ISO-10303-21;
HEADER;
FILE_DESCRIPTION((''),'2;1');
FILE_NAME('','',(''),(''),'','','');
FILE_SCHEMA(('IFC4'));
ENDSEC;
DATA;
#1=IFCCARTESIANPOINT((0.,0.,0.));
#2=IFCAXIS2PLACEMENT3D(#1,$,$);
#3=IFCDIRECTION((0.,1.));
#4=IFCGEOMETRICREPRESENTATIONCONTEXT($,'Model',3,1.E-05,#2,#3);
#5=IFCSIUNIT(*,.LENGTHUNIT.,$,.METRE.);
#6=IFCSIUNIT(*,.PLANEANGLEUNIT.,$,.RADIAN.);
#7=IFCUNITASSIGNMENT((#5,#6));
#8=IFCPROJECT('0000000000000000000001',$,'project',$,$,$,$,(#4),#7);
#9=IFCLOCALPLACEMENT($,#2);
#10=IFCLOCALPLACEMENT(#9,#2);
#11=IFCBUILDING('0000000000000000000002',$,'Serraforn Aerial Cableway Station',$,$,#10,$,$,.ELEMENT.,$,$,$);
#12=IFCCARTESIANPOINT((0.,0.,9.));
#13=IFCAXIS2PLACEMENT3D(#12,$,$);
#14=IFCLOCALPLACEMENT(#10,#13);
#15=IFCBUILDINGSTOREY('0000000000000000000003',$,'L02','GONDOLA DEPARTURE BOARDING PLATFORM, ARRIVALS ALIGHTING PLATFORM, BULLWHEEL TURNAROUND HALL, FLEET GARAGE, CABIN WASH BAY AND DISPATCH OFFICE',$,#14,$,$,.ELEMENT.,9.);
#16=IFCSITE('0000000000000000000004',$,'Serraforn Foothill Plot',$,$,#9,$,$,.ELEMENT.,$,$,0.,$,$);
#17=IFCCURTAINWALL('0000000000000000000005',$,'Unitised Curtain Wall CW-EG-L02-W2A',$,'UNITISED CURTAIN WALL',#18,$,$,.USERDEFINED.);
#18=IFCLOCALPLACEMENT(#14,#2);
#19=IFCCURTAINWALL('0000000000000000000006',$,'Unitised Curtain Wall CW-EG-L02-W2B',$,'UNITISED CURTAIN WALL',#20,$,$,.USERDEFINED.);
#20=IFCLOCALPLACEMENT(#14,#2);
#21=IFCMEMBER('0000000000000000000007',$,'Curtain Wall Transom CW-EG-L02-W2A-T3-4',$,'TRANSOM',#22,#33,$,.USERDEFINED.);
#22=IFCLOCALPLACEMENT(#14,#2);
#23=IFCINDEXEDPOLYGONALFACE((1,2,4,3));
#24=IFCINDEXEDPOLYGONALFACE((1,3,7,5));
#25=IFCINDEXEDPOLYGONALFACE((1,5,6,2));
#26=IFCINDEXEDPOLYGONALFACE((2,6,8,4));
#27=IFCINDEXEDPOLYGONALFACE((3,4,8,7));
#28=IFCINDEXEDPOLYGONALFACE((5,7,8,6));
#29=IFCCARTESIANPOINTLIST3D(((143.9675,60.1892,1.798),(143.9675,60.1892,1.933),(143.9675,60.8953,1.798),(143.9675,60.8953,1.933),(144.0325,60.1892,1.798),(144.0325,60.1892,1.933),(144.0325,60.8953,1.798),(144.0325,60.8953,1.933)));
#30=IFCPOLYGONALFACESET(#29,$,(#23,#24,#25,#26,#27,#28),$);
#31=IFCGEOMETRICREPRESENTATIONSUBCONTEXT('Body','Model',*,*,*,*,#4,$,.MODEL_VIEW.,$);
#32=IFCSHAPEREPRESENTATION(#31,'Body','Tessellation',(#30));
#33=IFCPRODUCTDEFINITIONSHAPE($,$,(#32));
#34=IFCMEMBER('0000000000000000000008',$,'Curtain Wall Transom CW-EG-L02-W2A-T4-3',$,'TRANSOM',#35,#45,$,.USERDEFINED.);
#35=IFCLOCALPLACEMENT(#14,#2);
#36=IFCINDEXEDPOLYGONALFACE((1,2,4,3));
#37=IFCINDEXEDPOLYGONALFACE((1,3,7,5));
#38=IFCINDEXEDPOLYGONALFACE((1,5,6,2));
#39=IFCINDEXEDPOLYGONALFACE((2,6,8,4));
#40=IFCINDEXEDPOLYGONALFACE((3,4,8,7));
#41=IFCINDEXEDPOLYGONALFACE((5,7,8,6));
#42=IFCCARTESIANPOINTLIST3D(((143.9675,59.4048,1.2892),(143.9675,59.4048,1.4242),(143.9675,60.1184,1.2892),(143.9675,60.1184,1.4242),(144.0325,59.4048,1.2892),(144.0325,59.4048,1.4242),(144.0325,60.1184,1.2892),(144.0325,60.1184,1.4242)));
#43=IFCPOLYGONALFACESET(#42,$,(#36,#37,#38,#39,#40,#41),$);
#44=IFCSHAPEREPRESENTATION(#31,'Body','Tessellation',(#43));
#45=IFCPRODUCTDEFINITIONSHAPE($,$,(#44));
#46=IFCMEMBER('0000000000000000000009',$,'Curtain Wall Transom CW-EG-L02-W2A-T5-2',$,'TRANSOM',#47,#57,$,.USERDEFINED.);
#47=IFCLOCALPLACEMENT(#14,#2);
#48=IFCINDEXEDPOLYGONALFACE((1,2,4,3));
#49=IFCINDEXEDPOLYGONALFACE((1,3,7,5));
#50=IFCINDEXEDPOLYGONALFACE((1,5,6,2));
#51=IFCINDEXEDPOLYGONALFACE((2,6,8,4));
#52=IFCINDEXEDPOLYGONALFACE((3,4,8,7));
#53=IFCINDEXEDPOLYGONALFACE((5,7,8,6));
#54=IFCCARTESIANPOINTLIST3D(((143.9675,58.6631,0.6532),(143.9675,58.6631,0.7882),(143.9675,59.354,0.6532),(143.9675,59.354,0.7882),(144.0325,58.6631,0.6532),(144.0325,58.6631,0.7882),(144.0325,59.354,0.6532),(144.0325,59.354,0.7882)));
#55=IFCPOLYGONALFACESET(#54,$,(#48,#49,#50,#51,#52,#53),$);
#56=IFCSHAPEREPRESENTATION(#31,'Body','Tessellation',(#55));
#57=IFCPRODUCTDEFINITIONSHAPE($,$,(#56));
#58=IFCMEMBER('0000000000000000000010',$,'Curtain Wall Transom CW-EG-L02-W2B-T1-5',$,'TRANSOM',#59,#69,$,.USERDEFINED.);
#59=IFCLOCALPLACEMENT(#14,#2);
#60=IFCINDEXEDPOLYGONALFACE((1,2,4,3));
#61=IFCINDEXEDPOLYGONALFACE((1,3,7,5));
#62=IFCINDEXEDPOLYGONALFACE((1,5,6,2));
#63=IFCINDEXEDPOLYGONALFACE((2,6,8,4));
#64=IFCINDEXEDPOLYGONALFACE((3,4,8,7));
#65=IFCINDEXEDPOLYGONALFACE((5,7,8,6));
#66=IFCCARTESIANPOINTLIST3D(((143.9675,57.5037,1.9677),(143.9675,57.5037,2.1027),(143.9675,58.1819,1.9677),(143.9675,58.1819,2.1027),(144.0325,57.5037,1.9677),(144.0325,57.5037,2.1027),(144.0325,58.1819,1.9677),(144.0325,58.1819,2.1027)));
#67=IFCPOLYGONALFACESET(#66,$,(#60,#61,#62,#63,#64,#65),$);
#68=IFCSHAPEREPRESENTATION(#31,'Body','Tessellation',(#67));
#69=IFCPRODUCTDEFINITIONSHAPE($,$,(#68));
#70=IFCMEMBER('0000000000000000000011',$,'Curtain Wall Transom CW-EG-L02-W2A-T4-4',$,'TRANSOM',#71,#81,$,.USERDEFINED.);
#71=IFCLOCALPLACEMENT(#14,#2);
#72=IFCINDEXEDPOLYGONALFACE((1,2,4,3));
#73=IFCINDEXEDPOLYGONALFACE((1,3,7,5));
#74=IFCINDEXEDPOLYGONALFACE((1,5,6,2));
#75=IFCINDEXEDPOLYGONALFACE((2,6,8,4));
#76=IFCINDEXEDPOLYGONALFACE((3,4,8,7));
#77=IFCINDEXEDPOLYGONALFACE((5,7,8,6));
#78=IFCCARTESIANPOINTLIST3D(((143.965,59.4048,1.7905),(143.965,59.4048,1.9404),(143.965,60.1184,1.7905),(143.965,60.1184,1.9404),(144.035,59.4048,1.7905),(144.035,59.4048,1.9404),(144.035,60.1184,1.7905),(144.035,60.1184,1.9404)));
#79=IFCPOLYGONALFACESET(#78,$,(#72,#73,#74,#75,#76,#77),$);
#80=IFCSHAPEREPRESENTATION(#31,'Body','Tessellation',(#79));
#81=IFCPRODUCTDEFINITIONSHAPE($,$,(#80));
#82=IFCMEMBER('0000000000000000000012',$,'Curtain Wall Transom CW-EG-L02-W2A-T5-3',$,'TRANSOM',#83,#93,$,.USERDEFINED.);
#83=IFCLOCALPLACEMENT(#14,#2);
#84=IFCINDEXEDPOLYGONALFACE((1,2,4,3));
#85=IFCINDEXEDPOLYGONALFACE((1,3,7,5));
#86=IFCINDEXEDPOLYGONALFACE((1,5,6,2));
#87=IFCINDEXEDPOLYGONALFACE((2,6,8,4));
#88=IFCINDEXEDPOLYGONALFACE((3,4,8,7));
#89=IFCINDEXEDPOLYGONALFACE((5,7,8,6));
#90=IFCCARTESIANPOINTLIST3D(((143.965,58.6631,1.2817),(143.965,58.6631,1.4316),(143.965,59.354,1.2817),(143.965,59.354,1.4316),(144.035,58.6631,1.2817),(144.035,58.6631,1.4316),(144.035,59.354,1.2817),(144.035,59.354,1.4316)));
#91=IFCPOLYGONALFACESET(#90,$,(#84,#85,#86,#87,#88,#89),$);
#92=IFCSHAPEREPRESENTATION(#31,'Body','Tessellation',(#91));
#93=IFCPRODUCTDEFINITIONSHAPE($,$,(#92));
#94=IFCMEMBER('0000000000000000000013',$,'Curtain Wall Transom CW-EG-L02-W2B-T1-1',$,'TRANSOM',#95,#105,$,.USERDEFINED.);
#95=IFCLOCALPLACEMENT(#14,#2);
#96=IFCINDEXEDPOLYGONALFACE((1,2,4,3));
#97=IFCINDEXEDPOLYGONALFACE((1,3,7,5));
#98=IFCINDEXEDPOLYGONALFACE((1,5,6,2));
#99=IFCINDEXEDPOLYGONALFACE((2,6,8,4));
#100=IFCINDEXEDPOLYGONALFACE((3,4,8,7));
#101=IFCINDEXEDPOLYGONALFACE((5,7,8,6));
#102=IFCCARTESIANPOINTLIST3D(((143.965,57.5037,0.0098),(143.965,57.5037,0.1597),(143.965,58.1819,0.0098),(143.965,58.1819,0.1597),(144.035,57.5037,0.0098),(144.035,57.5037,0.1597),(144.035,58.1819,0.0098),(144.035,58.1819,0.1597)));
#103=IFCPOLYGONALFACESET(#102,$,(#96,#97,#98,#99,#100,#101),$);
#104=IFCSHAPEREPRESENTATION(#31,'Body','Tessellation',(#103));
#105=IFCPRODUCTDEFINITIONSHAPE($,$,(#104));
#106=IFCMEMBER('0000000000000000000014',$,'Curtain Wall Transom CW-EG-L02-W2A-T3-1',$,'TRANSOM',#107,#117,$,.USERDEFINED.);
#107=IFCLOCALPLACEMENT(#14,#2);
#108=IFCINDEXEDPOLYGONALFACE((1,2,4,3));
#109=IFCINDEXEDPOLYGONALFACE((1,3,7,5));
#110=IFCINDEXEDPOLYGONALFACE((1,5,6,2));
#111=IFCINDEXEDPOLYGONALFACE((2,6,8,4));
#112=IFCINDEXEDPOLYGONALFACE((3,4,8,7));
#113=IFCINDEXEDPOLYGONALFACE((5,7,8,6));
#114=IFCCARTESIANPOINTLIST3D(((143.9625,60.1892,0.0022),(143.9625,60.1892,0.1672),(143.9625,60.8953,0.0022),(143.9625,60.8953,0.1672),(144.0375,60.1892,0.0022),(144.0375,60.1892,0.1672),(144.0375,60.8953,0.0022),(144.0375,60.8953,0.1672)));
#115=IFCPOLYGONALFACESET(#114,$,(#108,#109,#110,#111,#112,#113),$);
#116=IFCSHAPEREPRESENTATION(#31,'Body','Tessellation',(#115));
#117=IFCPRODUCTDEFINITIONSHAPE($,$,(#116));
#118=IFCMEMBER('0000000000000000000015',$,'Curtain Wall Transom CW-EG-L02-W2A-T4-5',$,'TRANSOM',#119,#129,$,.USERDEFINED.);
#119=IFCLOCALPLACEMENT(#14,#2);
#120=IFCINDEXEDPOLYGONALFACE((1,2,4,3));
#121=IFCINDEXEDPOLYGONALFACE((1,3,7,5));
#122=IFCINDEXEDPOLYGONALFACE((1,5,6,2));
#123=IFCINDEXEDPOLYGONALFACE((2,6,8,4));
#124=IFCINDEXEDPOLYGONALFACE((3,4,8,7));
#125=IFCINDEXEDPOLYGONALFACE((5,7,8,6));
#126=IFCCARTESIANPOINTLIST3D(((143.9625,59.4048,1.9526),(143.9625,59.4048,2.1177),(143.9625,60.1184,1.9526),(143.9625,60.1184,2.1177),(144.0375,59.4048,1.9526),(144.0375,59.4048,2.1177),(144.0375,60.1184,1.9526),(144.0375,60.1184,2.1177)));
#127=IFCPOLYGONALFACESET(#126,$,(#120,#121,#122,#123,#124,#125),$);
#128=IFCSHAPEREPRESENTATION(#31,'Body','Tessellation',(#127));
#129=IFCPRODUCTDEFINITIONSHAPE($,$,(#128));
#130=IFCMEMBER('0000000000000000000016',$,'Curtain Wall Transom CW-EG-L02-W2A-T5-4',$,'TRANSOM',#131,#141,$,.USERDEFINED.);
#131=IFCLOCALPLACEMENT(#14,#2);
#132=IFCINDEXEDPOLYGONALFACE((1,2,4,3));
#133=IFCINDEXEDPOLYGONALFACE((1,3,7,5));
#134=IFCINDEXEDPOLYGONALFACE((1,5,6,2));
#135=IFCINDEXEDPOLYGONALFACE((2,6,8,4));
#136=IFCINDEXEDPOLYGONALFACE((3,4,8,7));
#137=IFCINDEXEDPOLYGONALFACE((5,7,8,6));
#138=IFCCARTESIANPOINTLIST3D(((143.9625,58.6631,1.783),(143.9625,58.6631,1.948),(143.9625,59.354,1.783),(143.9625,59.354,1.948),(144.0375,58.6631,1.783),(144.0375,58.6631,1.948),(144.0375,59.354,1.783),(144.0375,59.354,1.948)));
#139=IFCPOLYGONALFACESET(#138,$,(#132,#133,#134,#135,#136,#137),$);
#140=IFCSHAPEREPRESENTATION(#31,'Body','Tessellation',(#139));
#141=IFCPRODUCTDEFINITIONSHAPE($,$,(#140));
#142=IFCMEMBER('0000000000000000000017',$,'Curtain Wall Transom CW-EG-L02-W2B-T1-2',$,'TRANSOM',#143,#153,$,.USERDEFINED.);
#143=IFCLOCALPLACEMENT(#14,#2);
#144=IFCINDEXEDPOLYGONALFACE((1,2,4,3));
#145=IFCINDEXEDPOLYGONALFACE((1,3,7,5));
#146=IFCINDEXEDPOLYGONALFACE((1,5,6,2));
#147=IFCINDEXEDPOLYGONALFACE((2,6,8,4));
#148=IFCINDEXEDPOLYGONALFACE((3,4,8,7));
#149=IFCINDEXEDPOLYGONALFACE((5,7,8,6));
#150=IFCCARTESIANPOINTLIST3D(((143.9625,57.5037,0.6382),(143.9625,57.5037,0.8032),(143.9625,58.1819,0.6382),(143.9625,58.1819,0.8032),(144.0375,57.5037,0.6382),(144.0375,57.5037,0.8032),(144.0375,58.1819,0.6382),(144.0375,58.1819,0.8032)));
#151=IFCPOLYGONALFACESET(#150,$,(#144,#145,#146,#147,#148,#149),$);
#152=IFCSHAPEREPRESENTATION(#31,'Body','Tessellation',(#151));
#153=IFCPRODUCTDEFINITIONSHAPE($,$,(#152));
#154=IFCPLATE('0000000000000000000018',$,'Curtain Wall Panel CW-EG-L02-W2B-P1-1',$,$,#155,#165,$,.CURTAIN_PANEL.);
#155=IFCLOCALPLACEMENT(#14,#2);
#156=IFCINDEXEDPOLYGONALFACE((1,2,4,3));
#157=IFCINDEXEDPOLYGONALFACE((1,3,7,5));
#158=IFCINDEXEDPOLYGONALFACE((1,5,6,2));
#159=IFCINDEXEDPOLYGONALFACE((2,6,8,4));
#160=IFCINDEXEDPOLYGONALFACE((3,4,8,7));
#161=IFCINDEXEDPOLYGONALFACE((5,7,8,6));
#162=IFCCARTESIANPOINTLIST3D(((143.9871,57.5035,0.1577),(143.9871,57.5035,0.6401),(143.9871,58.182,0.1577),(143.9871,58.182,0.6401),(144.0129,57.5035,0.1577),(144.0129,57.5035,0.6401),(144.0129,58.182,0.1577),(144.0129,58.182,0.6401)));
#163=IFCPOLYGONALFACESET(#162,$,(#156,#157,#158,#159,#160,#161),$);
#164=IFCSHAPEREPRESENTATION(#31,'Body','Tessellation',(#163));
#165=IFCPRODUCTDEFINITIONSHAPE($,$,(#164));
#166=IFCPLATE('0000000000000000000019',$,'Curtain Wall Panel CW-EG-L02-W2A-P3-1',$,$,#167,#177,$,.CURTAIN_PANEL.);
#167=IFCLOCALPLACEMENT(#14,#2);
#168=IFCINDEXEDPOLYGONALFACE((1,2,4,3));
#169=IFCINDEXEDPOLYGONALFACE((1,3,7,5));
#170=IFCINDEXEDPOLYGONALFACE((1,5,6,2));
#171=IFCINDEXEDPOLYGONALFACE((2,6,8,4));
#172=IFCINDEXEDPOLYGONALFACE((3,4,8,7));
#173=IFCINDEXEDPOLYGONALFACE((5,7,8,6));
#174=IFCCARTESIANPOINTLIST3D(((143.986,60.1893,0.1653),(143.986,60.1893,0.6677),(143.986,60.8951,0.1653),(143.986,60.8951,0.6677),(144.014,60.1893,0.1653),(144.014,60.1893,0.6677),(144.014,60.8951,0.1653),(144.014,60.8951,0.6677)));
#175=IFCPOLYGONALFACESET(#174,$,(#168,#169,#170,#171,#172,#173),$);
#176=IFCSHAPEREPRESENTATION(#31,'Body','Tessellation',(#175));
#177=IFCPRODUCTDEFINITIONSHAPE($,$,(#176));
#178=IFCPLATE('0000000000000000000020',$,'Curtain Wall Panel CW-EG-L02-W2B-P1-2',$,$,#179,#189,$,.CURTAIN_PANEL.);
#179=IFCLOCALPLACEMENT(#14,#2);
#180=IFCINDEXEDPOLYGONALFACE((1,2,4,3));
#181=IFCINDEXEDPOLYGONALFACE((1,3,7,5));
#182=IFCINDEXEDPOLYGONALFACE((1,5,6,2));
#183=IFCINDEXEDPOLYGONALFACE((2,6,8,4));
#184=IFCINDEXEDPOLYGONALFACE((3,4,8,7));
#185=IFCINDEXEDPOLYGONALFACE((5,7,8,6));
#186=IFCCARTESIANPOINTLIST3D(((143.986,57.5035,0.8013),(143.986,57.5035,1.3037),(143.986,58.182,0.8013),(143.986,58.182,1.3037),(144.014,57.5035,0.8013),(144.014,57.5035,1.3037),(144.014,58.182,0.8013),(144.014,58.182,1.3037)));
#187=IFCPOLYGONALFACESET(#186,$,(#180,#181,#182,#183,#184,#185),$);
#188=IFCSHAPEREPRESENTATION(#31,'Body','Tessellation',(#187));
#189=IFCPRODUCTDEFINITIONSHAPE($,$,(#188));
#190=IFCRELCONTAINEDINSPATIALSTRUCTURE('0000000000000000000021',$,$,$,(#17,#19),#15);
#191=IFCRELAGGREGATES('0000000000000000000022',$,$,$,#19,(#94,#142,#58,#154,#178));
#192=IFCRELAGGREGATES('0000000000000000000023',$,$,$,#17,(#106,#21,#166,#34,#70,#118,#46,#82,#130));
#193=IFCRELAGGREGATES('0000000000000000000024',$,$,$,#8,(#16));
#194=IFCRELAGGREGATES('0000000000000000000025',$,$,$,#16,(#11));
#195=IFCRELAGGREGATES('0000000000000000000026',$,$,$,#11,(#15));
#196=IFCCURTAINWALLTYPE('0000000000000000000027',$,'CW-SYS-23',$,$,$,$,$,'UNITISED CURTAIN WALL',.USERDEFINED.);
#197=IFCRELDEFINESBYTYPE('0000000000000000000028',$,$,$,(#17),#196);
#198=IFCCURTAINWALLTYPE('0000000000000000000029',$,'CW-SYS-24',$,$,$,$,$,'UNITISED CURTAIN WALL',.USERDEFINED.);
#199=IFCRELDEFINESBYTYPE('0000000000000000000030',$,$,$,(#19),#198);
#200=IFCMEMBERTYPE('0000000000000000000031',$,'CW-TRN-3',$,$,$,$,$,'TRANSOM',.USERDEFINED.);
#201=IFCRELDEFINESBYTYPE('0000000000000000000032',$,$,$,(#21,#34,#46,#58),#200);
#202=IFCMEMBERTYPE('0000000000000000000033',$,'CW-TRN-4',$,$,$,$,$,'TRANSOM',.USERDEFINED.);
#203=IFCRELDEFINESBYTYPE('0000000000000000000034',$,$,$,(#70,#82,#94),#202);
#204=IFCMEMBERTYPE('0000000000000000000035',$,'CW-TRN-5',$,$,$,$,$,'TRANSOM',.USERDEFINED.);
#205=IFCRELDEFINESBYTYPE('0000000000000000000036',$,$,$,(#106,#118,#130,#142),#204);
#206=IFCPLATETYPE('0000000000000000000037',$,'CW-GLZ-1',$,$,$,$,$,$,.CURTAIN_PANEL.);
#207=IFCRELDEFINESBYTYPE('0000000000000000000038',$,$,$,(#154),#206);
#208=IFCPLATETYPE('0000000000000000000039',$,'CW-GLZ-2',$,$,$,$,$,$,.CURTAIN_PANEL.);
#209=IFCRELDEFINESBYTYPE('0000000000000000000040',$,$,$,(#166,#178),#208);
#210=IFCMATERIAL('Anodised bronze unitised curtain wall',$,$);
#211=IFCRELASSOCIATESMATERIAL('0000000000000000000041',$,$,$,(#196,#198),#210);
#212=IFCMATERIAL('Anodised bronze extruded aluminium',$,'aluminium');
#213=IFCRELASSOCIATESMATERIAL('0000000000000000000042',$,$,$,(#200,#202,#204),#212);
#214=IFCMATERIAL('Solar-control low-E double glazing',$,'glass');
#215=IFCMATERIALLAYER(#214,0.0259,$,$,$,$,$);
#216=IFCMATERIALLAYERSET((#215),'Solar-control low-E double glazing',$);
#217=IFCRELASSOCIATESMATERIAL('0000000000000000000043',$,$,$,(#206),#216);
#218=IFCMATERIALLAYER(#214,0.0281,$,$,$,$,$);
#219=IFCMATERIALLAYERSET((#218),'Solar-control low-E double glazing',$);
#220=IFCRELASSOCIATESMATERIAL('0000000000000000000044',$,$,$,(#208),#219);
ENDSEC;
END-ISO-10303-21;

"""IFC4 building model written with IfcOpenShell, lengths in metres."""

from ifc_helpers import new_model, si_unit, direction, frame, origin, origin_2d, place, context, subcontext, project, spatial, rectangle, extrude, material, layer, layer_set, material_profile, profile_set, type_object, element, aggregate, save


model = new_model("IFC4")

# Units and contexts
model_context = context("Model", 3, precision=1e-05, world=origin(), true_north=direction((0.0, 1.0)))
body_context = subcontext(model_context, "Body", "Model", "MODEL_VIEW")
ifc_project = project(units=[si_unit("LENGTHUNIT", "METRE"), si_unit("PLANEANGLEUNIT", "RADIAN")], contexts=[model_context])

# Site, building, storey
site_placement = place(None, origin())
site = spatial("IfcSite", under=ifc_project, at=site_placement, Name="Serraforn Foothill Plot", CompositionType="ELEMENT", RefElevation=0.0)
building_placement = place(site_placement, origin())
building = spatial("IfcBuilding", under=site, at=building_placement, Name="Serraforn Aerial Cableway Station", CompositionType="ELEMENT")
storey_placement = place(building_placement, frame((0.0, 0.0, 9.0)))
storey = spatial("IfcBuildingStorey", under=building, at=storey_placement, Name="L02", Description="GONDOLA DEPARTURE BOARDING PLATFORM, ARRIVALS ALIGHTING PLATFORM, BULLWHEEL TURNAROUND HALL, FLEET GARAGE, CABIN WASH BAY AND DISPATCH OFFICE", CompositionType="ELEMENT", Elevation=9.0)

# Curtain walls
ifc_material_1 = material(Name="Anodised bronze unitised curtain wall")
curtain_wall_type_1 = type_object("IfcCurtainWallType", Name="CW-SYS-23", ElementType="UNITISED CURTAIN WALL", PredefinedType="USERDEFINED", material=ifc_material_1)
curtain_wall_1_placement = place(storey_placement, origin())
curtain_wall_1 = element("IfcCurtainWall", 1, at=curtain_wall_1_placement, inside=storey, type_object=curtain_wall_type_1, Name="Unitised Curtain Wall CW-EG-L02-W2A", ObjectType="UNITISED CURTAIN WALL", PredefinedType="USERDEFINED")
ifc_material_2 = material(Name="Anodised bronze extruded aluminium", Category="aluminium")
curtain_wall_type_2 = type_object("IfcCurtainWallType", Name="CW-SYS-24", ElementType="UNITISED CURTAIN WALL", PredefinedType="USERDEFINED", material=ifc_material_1)
curtain_wall_2_placement = place(storey_placement, origin())
curtain_wall_2 = element("IfcCurtainWall", 2, at=curtain_wall_2_placement, inside=storey, type_object=curtain_wall_type_2, Name="Unitised Curtain Wall CW-EG-L02-W2B", ObjectType="UNITISED CURTAIN WALL", PredefinedType="USERDEFINED")

# Members
ifc_material_profile_1 = material_profile(ifc_material_2, rectangle(XDim=0.0649, YDim=0.135, at=origin_2d()), Name="CW TRANSOM 65x135")
ifc_profile_set_1 = profile_set([ifc_material_profile_1], Name="Anodised bronze extruded aluminium")
member_type_1 = type_object("IfcMemberType", Name="CW-TRN-3", ElementType="TRANSOM", PredefinedType="USERDEFINED", material=ifc_profile_set_1)
member_1_placement = place(storey_placement, frame((144.0, 60.8953, 1.8655), z_axis=(0.0, -1.0, 0.0), x_axis=(1.0, 0.0, 0.0)))
member_1 = element("IfcMember", 3, at=member_1_placement, type_object=member_type_1, Name="Curtain Wall Transom CW-EG-L02-W2A-T3-4", ObjectType="TRANSOM", PredefinedType="USERDEFINED", context=body_context, shape_type="SweptSolid", body=[
    extrude(rectangle(XDim=0.0649, YDim=0.135, at=origin_2d()), origin(), (0.0, 0.0, 1.0), 0.7061),
])
member_2_placement = place(storey_placement, frame((144.0, 60.1184, 1.3567), z_axis=(0.0, -1.0, 0.0), x_axis=(1.0, 0.0, 0.0)))
member_2 = element("IfcMember", 4, at=member_2_placement, type_object=member_type_1, Name="Curtain Wall Transom CW-EG-L02-W2A-T4-3", ObjectType="TRANSOM", PredefinedType="USERDEFINED", context=body_context, shape_type="SweptSolid", body=[
    extrude(rectangle(XDim=0.0649, YDim=0.135, at=origin_2d()), origin(), (0.0, 0.0, 1.0), 0.7136),
])
member_3_placement = place(storey_placement, frame((144.0, 59.354, 0.7207), z_axis=(0.0, -1.0, 0.0), x_axis=(1.0, 0.0, 0.0)))
member_3 = element("IfcMember", 5, at=member_3_placement, type_object=member_type_1, Name="Curtain Wall Transom CW-EG-L02-W2A-T5-2", ObjectType="TRANSOM", PredefinedType="USERDEFINED", context=body_context, shape_type="SweptSolid", body=[
    extrude(rectangle(XDim=0.0649, YDim=0.135, at=origin_2d()), origin(), (0.0, 0.0, 1.0), 0.6909),
])
member_4_placement = place(storey_placement, frame((144.0, 58.1819, 2.0352), z_axis=(0.0, -1.0, 0.0), x_axis=(1.0, 0.0, 0.0)))
member_4 = element("IfcMember", 6, at=member_4_placement, type_object=member_type_1, Name="Curtain Wall Transom CW-EG-L02-W2B-T1-5", ObjectType="TRANSOM", PredefinedType="USERDEFINED", context=body_context, shape_type="SweptSolid", body=[
    extrude(rectangle(XDim=0.0649, YDim=0.135, at=origin_2d()), origin(), (0.0, 0.0, 1.0), 0.6782),
])
ifc_material_profile_2 = material_profile(ifc_material_2, rectangle(XDim=0.0701, YDim=0.1499, at=origin_2d()), Name="CW TRANSOM 70x150")
ifc_profile_set_2 = profile_set([ifc_material_profile_2], Name="Anodised bronze extruded aluminium")
member_type_2 = type_object("IfcMemberType", Name="CW-TRN-4", ElementType="TRANSOM", PredefinedType="USERDEFINED", material=ifc_profile_set_2)
member_5_placement = place(storey_placement, frame((144.0, 60.1184, 1.8655), z_axis=(0.0, -1.0, 0.0), x_axis=(1.0, 0.0, 0.0)))
member_5 = element("IfcMember", 7, at=member_5_placement, type_object=member_type_2, Name="Curtain Wall Transom CW-EG-L02-W2A-T4-4", ObjectType="TRANSOM", PredefinedType="USERDEFINED", context=body_context, shape_type="SweptSolid", body=[
    extrude(rectangle(XDim=0.0701, YDim=0.1499, at=origin_2d()), origin(), (0.0, 0.0, 1.0), 0.7136),
])
member_6_placement = place(storey_placement, frame((144.0, 59.354, 1.3567), z_axis=(0.0, -1.0, 0.0), x_axis=(1.0, 0.0, 0.0)))
member_6 = element("IfcMember", 8, at=member_6_placement, type_object=member_type_2, Name="Curtain Wall Transom CW-EG-L02-W2A-T5-3", ObjectType="TRANSOM", PredefinedType="USERDEFINED", context=body_context, shape_type="SweptSolid", body=[
    extrude(rectangle(XDim=0.0701, YDim=0.1499, at=origin_2d()), origin(), (0.0, 0.0, 1.0), 0.6909),
])
member_7_placement = place(storey_placement, frame((144.0, 58.1819, 0.0847), z_axis=(0.0, -1.0, 0.0), x_axis=(1.0, 0.0, 0.0)))
member_7 = element("IfcMember", 9, at=member_7_placement, type_object=member_type_2, Name="Curtain Wall Transom CW-EG-L02-W2B-T1-1", ObjectType="TRANSOM", PredefinedType="USERDEFINED", context=body_context, shape_type="SweptSolid", body=[
    extrude(rectangle(XDim=0.0701, YDim=0.1499, at=origin_2d()), origin(), (0.0, 0.0, 1.0), 0.6782),
])
ifc_material_profile_3 = material_profile(ifc_material_2, rectangle(XDim=0.075, YDim=0.165, at=origin_2d()), Name="CW TRANSOM 75x165")
ifc_profile_set_3 = profile_set([ifc_material_profile_3], Name="Anodised bronze extruded aluminium")
member_type_3 = type_object("IfcMemberType", Name="CW-TRN-5", ElementType="TRANSOM", PredefinedType="USERDEFINED", material=ifc_profile_set_3)
member_8_placement = place(storey_placement, frame((144.0, 60.8953, 0.0847), z_axis=(0.0, -1.0, 0.0), x_axis=(1.0, 0.0, 0.0)))
member_8 = element("IfcMember", 10, at=member_8_placement, type_object=member_type_3, Name="Curtain Wall Transom CW-EG-L02-W2A-T3-1", ObjectType="TRANSOM", PredefinedType="USERDEFINED", context=body_context, shape_type="SweptSolid", body=[
    extrude(rectangle(XDim=0.075, YDim=0.165, at=origin_2d()), origin(), (0.0, 0.0, 1.0), 0.7061),
])
member_9_placement = place(storey_placement, frame((144.0, 60.1184, 2.0352), z_axis=(0.0, -1.0, 0.0), x_axis=(1.0, 0.0, 0.0)))
member_9 = element("IfcMember", 11, at=member_9_placement, type_object=member_type_3, Name="Curtain Wall Transom CW-EG-L02-W2A-T4-5", ObjectType="TRANSOM", PredefinedType="USERDEFINED", context=body_context, shape_type="SweptSolid", body=[
    extrude(rectangle(XDim=0.075, YDim=0.165, at=origin_2d()), origin(), (0.0, 0.0, 1.0), 0.7136),
])
member_10_placement = place(storey_placement, frame((144.0, 59.354, 1.8655), z_axis=(0.0, -1.0, 0.0), x_axis=(1.0, 0.0, 0.0)))
member_10 = element("IfcMember", 12, at=member_10_placement, type_object=member_type_3, Name="Curtain Wall Transom CW-EG-L02-W2A-T5-4", ObjectType="TRANSOM", PredefinedType="USERDEFINED", context=body_context, shape_type="SweptSolid", body=[
    extrude(rectangle(XDim=0.075, YDim=0.165, at=origin_2d()), origin(), (0.0, 0.0, 1.0), 0.6909),
])
member_11_placement = place(storey_placement, frame((144.0, 58.1819, 0.7207), z_axis=(0.0, -1.0, 0.0), x_axis=(1.0, 0.0, 0.0)))
member_11 = element("IfcMember", 13, at=member_11_placement, type_object=member_type_3, Name="Curtain Wall Transom CW-EG-L02-W2B-T1-2", ObjectType="TRANSOM", PredefinedType="USERDEFINED", context=body_context, shape_type="SweptSolid", body=[
    extrude(rectangle(XDim=0.075, YDim=0.165, at=origin_2d()), origin(), (0.0, 0.0, 1.0), 0.6782),
])

# Plates
ifc_material_3 = material(Name="Solar-control low-E double glazing", Category="glass")
ifc_layer_1 = layer(ifc_material_3, 0.0259)
ifc_layer_set_1 = layer_set([ifc_layer_1], Name="Solar-control low-E double glazing")
plate_type_1 = type_object("IfcPlateType", Name="CW-GLZ-1", PredefinedType="CURTAIN_PANEL", material=ifc_layer_set_1)
plate_1_placement = place(storey_placement, frame((144.0, 57.8428, 0.1577), z_axis=(0.0, 0.0, 1.0), x_axis=(1.0, 0.0, 0.0)))
plate_1 = element("IfcPlate", 14, at=plate_1_placement, type_object=plate_type_1, Name="Curtain Wall Panel CW-EG-L02-W2B-P1-1", PredefinedType="CURTAIN_PANEL", context=body_context, shape_type="SweptSolid", body=[
    extrude(rectangle(XDim=0.0259, YDim=0.6785, at=origin_2d()), origin(), (0.0, 0.0, 1.0), 0.4824),
])
ifc_layer_2 = layer(ifc_material_3, 0.0281)
ifc_layer_set_2 = layer_set([ifc_layer_2], Name="Solar-control low-E double glazing")
plate_type_2 = type_object("IfcPlateType", Name="CW-GLZ-2", PredefinedType="CURTAIN_PANEL", material=ifc_layer_set_2)
plate_2_placement = place(storey_placement, frame((144.0, 60.5422, 0.1653), z_axis=(0.0, 0.0, 1.0), x_axis=(1.0, 0.0, 0.0)))
plate_2 = element("IfcPlate", 15, at=plate_2_placement, type_object=plate_type_2, Name="Curtain Wall Panel CW-EG-L02-W2A-P3-1", PredefinedType="CURTAIN_PANEL", context=body_context, shape_type="SweptSolid", body=[
    extrude(rectangle(XDim=0.0281, YDim=0.7058, at=origin_2d()), origin(), (0.0, 0.0, 1.0), 0.5024),
])
plate_3_placement = place(storey_placement, frame((144.0, 57.8428, 0.8013), z_axis=(0.0, 0.0, 1.0), x_axis=(1.0, 0.0, 0.0)))
plate_3 = element("IfcPlate", 16, at=plate_3_placement, type_object=plate_type_2, Name="Curtain Wall Panel CW-EG-L02-W2B-P1-2", PredefinedType="CURTAIN_PANEL", context=body_context, shape_type="SweptSolid", body=[
    extrude(rectangle(XDim=0.0281, YDim=0.6785, at=origin_2d()), origin(), (0.0, 0.0, 1.0), 0.5024),
])
aggregate(curtain_wall_2, [member_7, member_11, member_4, plate_1, plate_3])
aggregate(curtain_wall_1, [member_8, member_1, plate_2, member_2, member_5, member_9, member_3, member_6, member_10])

save(model, "model.ifc")
